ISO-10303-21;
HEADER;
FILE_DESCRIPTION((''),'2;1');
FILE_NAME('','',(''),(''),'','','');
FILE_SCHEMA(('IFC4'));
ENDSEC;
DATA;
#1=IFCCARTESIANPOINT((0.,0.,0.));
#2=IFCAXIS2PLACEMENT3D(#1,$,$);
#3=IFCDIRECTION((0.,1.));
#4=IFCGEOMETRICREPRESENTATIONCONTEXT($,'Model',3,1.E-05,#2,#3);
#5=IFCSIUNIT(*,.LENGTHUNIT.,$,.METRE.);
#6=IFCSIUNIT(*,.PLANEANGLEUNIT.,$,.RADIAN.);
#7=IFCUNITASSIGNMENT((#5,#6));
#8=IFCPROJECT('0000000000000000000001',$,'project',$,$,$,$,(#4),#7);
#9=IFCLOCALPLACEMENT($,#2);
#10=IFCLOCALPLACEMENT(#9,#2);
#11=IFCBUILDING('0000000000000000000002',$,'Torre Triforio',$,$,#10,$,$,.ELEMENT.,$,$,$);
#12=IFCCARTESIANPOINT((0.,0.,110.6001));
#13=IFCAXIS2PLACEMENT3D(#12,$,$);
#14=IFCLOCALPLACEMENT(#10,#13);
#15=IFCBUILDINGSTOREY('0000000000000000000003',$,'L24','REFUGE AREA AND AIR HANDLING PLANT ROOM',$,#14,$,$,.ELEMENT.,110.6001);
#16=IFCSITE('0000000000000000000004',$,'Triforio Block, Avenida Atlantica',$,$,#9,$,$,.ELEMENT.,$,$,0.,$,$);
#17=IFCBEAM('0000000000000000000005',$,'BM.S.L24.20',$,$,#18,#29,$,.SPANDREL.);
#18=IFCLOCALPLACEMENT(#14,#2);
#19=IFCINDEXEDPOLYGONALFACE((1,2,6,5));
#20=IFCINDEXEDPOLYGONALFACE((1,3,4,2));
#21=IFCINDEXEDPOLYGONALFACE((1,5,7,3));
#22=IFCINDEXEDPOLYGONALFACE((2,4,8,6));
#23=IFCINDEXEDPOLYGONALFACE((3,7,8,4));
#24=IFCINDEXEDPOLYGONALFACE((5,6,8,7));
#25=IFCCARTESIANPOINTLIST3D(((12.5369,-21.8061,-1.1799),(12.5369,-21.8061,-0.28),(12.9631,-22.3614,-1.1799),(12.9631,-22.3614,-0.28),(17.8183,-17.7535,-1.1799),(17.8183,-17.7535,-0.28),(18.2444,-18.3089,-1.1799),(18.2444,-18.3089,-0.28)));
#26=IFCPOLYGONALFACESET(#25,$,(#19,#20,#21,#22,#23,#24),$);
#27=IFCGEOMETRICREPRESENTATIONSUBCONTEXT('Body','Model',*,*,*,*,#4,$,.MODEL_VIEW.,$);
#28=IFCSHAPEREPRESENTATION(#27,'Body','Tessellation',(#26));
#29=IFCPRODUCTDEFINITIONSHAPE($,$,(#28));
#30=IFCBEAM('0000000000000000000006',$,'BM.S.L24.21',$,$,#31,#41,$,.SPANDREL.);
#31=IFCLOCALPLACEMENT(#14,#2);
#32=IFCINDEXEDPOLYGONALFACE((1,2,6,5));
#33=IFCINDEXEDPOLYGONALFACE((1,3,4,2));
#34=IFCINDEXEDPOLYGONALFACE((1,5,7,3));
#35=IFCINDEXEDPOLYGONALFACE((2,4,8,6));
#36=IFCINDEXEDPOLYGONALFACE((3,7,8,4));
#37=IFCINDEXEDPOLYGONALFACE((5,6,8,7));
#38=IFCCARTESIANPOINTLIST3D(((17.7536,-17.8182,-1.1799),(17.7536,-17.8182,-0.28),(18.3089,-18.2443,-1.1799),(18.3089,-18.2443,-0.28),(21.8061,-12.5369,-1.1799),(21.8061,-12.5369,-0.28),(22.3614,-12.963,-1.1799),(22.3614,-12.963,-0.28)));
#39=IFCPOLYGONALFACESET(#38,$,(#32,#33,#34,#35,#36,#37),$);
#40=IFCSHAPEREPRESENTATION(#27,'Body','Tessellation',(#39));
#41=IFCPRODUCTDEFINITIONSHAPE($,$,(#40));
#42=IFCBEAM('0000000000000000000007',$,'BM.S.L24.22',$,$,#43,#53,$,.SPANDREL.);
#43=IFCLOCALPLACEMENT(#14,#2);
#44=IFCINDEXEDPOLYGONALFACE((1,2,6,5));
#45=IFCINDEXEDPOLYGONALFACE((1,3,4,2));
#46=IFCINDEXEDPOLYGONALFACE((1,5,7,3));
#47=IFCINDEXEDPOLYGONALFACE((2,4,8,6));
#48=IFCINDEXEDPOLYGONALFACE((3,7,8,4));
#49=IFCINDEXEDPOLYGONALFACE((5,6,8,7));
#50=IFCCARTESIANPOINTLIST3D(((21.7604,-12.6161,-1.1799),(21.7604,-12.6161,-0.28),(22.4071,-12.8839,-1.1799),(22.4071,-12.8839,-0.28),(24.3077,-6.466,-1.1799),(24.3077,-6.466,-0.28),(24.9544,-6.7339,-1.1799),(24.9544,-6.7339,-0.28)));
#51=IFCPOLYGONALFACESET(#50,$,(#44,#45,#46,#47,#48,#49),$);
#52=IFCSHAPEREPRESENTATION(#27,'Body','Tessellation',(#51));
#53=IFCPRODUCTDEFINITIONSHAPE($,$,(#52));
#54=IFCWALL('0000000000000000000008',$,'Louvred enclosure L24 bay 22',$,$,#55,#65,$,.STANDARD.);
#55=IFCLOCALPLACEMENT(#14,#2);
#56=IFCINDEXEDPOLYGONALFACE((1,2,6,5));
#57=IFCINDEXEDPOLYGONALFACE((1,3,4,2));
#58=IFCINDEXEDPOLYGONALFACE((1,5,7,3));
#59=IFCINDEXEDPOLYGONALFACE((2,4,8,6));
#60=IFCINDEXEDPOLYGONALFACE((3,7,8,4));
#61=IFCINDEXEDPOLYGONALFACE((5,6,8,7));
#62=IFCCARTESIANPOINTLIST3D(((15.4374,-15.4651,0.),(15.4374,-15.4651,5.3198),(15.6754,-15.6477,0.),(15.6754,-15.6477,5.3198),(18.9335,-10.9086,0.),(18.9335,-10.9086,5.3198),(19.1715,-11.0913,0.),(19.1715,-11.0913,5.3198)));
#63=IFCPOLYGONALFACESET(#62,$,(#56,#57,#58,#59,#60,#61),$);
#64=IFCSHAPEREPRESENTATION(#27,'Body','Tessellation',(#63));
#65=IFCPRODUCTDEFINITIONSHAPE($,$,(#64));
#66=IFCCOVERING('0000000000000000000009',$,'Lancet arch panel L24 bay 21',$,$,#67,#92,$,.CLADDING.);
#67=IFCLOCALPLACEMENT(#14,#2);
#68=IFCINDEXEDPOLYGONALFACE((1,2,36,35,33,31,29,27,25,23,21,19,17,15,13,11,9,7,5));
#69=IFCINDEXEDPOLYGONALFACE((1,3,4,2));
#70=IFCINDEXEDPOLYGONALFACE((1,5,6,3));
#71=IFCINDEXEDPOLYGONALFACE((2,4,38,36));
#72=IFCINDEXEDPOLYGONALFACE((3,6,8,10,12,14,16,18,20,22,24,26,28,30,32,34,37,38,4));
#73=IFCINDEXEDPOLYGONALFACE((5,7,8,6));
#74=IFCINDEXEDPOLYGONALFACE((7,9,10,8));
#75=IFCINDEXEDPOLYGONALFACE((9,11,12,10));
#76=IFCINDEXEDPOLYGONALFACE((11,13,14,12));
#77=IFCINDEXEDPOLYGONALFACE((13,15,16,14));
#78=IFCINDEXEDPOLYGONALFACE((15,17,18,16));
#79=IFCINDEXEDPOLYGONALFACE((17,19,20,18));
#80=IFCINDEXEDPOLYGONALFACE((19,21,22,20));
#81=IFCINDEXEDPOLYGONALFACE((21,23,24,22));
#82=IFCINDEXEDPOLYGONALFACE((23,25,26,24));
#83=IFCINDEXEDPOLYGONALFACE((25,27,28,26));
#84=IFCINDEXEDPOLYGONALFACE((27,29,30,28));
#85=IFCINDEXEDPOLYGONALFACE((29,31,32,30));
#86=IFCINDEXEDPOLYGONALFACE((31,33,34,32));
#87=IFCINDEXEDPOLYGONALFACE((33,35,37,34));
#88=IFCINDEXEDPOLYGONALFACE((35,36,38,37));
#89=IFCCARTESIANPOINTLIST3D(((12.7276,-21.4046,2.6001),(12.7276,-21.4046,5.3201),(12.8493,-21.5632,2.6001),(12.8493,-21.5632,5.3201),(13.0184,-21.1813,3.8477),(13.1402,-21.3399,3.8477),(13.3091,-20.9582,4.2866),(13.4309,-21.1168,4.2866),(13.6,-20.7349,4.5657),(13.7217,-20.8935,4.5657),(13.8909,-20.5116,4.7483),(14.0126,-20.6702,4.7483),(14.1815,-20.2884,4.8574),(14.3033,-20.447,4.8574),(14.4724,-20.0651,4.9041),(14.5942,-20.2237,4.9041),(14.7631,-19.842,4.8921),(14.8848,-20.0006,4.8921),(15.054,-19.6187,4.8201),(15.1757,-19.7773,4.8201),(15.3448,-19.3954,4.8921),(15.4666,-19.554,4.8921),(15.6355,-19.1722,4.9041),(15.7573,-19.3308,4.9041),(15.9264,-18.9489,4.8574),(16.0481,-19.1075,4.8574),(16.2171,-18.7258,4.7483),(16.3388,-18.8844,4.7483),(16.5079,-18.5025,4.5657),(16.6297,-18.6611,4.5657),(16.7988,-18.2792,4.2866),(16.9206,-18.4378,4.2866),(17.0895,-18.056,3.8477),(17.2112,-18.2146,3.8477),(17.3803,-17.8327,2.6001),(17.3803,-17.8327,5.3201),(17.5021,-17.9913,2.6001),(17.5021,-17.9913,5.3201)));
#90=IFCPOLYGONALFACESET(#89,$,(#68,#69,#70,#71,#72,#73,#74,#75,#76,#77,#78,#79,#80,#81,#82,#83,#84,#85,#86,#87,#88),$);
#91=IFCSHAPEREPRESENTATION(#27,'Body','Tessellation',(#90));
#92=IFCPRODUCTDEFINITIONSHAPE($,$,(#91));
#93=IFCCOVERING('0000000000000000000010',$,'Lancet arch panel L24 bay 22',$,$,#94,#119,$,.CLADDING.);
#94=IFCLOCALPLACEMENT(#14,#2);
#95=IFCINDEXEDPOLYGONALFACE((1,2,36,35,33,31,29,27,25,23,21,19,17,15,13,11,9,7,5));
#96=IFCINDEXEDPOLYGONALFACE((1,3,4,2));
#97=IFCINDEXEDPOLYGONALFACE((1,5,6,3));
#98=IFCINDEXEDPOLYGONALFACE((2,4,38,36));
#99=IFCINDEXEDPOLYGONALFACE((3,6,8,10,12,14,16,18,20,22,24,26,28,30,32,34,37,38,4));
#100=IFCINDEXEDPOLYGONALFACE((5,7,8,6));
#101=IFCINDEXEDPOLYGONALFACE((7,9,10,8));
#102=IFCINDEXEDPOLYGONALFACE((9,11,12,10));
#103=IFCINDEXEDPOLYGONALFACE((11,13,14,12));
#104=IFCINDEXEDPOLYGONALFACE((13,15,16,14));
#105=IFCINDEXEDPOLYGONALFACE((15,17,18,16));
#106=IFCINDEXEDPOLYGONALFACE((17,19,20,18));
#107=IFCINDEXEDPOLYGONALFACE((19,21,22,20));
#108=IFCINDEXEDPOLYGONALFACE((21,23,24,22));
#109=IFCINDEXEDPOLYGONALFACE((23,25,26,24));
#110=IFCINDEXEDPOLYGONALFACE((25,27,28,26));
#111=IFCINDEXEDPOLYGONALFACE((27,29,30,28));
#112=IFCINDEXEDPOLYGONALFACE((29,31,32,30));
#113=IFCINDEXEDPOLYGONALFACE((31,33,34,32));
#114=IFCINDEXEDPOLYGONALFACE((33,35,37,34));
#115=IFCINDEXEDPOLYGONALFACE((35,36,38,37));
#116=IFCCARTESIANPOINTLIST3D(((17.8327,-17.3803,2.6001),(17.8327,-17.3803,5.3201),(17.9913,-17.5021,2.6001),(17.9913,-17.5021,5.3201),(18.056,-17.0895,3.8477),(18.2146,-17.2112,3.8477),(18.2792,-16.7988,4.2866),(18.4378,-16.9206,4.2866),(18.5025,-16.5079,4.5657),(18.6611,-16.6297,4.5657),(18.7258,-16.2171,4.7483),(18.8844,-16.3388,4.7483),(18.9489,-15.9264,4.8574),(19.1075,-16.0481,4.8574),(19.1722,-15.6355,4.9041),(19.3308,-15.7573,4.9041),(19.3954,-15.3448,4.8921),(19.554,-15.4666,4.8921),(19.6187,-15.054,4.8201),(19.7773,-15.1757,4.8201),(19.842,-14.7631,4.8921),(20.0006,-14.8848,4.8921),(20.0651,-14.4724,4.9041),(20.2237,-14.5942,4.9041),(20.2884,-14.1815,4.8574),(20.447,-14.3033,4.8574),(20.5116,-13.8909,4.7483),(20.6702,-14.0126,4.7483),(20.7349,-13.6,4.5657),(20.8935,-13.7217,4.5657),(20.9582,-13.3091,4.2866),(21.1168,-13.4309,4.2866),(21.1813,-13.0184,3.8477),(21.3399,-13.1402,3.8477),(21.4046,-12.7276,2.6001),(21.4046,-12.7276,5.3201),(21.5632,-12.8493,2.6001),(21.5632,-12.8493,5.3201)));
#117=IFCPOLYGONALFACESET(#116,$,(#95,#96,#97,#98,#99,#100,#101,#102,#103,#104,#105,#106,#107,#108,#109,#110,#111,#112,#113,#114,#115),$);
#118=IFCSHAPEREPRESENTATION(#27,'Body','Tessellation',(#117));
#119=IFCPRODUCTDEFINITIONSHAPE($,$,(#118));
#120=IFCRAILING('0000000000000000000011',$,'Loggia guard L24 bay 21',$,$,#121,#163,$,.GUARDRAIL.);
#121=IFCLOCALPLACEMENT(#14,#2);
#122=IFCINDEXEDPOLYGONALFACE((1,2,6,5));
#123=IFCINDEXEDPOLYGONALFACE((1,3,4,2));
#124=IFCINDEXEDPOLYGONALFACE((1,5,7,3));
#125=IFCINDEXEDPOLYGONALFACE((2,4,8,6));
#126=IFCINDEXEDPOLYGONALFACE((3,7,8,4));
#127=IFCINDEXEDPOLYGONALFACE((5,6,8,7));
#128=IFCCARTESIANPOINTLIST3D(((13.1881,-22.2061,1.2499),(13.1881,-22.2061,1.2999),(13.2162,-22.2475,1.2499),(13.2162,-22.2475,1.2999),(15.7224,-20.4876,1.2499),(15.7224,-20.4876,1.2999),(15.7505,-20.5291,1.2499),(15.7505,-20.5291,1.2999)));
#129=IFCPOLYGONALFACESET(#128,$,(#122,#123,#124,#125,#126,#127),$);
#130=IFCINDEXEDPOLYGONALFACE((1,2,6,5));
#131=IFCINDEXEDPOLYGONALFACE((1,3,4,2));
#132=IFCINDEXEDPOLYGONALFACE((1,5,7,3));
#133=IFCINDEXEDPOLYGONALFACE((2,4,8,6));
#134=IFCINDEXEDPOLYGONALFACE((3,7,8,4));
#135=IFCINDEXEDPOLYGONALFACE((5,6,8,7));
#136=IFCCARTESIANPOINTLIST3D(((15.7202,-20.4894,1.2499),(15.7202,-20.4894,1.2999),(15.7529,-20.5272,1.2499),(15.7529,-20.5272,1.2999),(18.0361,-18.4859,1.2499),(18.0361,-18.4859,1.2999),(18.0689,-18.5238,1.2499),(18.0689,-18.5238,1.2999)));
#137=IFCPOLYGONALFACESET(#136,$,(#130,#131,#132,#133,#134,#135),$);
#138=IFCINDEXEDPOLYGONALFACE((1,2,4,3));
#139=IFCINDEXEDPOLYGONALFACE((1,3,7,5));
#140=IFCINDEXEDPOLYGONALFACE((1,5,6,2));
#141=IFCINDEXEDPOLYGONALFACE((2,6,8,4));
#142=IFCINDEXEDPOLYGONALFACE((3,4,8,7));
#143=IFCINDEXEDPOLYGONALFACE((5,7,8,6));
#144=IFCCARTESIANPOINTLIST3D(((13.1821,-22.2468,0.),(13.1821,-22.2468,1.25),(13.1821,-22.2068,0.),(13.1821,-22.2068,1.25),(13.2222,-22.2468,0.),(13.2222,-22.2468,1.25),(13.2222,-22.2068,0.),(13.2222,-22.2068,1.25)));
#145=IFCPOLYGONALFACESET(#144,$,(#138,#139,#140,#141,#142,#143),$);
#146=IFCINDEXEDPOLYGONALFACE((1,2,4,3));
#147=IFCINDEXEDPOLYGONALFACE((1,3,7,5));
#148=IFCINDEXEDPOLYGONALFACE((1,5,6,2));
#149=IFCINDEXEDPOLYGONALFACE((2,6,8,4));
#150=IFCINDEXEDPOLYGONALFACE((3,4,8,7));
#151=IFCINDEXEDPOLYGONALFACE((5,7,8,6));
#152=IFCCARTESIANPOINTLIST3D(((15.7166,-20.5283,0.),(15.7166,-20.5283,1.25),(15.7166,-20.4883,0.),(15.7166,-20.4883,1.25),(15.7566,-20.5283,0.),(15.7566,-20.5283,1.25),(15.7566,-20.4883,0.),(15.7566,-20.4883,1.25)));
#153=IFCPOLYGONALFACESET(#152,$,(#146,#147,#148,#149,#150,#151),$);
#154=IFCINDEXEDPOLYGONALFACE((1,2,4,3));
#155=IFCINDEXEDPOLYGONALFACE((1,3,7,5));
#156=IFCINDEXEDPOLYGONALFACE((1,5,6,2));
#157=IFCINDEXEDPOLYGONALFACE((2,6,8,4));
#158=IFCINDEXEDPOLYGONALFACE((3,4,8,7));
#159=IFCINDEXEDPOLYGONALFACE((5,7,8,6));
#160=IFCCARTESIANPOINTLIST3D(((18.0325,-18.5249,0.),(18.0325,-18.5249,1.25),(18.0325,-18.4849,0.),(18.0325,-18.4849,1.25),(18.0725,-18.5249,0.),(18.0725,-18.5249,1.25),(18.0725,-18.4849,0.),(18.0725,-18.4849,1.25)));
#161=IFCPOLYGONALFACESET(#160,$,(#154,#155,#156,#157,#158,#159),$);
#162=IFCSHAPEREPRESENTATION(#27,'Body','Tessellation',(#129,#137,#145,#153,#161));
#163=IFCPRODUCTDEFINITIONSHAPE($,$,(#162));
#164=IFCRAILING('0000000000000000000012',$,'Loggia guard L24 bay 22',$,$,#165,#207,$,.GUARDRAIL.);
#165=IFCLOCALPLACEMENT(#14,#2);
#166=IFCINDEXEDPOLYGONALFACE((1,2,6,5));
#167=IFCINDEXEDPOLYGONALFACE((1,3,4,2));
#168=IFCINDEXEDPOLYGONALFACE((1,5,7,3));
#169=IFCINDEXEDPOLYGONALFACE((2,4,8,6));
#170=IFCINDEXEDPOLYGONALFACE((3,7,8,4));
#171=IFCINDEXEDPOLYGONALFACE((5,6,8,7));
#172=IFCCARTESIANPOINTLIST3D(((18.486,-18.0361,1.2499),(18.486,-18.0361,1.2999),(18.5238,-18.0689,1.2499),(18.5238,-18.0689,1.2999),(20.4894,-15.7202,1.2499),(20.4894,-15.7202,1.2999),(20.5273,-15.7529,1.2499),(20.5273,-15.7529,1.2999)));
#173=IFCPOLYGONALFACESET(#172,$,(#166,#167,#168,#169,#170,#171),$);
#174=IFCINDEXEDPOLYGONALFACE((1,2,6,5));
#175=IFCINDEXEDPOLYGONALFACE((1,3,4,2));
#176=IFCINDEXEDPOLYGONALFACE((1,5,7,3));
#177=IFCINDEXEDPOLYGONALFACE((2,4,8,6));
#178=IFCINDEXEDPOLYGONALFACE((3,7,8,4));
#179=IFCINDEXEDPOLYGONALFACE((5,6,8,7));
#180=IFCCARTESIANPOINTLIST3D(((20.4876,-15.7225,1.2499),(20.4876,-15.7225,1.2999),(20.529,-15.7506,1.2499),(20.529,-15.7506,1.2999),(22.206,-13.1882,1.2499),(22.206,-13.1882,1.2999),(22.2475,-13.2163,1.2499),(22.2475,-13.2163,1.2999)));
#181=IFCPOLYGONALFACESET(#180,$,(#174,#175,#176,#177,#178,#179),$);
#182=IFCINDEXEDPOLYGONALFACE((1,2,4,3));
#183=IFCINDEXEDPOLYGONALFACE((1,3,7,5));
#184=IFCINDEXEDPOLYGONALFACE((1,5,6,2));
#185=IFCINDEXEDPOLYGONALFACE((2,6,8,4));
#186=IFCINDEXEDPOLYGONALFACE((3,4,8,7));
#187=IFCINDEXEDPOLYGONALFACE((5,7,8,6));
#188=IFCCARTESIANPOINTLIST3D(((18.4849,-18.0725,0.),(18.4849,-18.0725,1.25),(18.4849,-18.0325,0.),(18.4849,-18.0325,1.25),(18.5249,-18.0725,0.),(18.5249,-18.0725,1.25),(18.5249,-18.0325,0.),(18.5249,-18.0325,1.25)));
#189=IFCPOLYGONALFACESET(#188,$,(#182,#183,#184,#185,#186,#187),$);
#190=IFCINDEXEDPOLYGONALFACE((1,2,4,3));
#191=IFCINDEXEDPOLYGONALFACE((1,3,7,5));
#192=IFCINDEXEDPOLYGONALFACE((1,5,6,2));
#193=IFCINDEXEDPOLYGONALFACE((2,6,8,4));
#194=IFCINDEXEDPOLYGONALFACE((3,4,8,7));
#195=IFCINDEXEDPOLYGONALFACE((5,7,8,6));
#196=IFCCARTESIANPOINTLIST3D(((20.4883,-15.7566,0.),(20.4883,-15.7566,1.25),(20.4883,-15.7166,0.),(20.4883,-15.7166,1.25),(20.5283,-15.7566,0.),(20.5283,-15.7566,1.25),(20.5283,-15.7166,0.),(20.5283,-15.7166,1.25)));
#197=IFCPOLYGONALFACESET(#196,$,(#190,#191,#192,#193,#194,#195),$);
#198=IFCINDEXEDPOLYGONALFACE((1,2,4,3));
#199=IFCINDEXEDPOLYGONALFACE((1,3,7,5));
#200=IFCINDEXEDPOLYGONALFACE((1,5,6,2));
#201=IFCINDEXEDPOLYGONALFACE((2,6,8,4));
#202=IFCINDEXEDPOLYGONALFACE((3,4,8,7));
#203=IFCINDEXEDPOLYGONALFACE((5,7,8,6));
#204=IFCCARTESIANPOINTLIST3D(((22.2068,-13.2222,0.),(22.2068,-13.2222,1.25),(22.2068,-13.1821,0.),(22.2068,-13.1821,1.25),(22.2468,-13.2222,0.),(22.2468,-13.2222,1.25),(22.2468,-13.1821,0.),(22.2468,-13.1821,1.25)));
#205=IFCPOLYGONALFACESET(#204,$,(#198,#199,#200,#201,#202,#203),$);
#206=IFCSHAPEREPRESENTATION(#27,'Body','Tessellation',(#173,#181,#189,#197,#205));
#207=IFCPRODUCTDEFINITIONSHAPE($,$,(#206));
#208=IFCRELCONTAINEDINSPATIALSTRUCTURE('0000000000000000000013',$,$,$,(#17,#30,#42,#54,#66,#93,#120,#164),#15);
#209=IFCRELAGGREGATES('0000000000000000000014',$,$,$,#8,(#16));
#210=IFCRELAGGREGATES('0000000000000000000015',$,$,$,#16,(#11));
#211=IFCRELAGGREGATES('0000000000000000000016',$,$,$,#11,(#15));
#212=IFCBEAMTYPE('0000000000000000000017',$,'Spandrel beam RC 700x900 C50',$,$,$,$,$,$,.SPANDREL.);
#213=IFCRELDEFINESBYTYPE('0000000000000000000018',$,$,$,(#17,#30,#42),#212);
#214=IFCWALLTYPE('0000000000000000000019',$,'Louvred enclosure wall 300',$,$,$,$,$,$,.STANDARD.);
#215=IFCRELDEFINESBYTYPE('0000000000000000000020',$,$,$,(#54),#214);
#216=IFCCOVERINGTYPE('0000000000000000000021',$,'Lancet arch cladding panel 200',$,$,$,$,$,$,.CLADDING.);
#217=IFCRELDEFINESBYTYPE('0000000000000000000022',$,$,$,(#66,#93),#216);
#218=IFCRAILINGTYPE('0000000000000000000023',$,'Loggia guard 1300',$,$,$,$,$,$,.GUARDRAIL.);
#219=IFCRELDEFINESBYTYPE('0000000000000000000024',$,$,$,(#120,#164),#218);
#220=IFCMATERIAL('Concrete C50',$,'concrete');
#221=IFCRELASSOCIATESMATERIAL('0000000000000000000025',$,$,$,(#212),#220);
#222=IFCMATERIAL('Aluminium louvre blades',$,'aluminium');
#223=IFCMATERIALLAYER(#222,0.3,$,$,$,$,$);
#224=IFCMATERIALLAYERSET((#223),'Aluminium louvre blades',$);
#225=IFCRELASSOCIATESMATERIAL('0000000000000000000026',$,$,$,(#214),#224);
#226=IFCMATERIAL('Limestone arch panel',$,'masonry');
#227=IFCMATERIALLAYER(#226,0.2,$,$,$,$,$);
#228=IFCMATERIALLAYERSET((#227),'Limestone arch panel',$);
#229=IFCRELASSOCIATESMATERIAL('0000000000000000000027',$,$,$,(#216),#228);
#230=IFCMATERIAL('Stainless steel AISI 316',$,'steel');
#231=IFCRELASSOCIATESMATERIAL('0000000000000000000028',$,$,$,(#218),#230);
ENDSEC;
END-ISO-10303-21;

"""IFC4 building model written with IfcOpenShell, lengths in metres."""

from ifc_helpers import new_model, si_unit, direction, frame, frame_2d, origin, origin_2d, place, context, subcontext, project, spatial, polyline, rectangle, outline, extrude, material, layer, layer_set, material_profile, profile_set, type_object, element, save


model = new_model("IFC4")

# Units and contexts
model_context = context("Model", 3, precision=1e-05, world=origin(), true_north=direction((0.0, 1.0)))
body_context = subcontext(model_context, "Body", "Model", "MODEL_VIEW")
ifc_project = project(units=[si_unit("LENGTHUNIT", "METRE"), si_unit("PLANEANGLEUNIT", "RADIAN")], contexts=[model_context])

# Site, building, storey
site_placement = place(None, origin())
site = spatial("IfcSite", under=ifc_project, at=site_placement, Name="Triforio Block, Avenida Atlantica", CompositionType="ELEMENT", RefElevation=0.0)
building_placement = place(site_placement, origin())
building = spatial("IfcBuilding", under=site, at=building_placement, Name="Torre Triforio", CompositionType="ELEMENT")
storey_placement = place(building_placement, frame((0.0, 0.0, 110.6001)))
storey = spatial("IfcBuildingStorey", under=building, at=storey_placement, Name="L24", Description="REFUGE AREA AND AIR HANDLING PLANT ROOM", CompositionType="ELEMENT", Elevation=110.6001)

# Beams
ifc_material_1 = material(Name="Concrete C50", Category="concrete")
ifc_material_profile_1 = material_profile(ifc_material_1, rectangle(XDim=0.7, YDim=0.8999, at=origin_2d()), Name="RC 700x900")
ifc_profile_set_1 = profile_set([ifc_material_profile_1], Name="Concrete C50")
beam_type = type_object("IfcBeamType", Name="Spandrel beam RC 700x900 C50", PredefinedType="SPANDREL", material=ifc_profile_set_1)
for number, where, z_axis, x_axis, name in (
    (1, (12.75, -22.0837, -0.73), (0.79335, 0.608766, 0.0), (-0.608766, 0.79335, 0.0), "BM.S.L24.20"),
    (2, (18.0312, -18.0312, -0.73), (0.608766, 0.79335, 0.0), (-0.79335, 0.608766, 0.0), "BM.S.L24.21"),
):
    element("IfcBeam", number, at=place(storey_placement, frame(where, z_axis=z_axis, x_axis=x_axis)), inside=storey, type_object=beam_type, Name=name, PredefinedType="SPANDREL", context=body_context, shape_type="SweptSolid", body=[
        extrude(rectangle(XDim=0.7, YDim=0.8999, at=origin_2d()), origin(), (0.0, 0.0, 1.0), 6.657),
    ])
beam_placement = place(storey_placement, frame((22.0837, -12.75, -0.73), z_axis=(0.382669, 0.923885, 0.0), x_axis=(-0.923885, 0.382669, 0.0)))
element("IfcBeam", 3, at=beam_placement, inside=storey, type_object=beam_type, Name="BM.S.L24.22", PredefinedType="SPANDREL", context=body_context, shape_type="SweptSolid", body=[
    extrude(rectangle(XDim=0.7, YDim=0.8999, at=origin_2d()), origin(), (0.0, 0.0, 1.0), 6.6567),
])

# Wall
ifc_material_2 = material(Name="Aluminium louvre blades", Category="aluminium")
ifc_layer_1 = layer(ifc_material_2, 0.3)
ifc_layer_set_1 = layer_set([ifc_layer_1], Name="Aluminium louvre blades")
wall_type = type_object("IfcWallType", Name="Louvred enclosure wall 300", PredefinedType="STANDARD", material=ifc_layer_set_1)
wall_placement = place(storey_placement, frame((15.5564, -15.5564, 0.0), z_axis=(0.0, 0.0, 1.0), x_axis=(0.608745, 0.793366, 0.0)))
element("IfcWall", 4, at=wall_placement, inside=storey, type_object=wall_type, Name="Louvred enclosure L24 bay 22", PredefinedType="STANDARD", context=body_context, shape_type="SweptSolid", body=[
    extrude(rectangle(XDim=5.7432, YDim=0.3, at=frame_2d((2.8716, 0.0))), origin(), (0.0, 0.0, 1.0), 5.3198),
])

# Coverings
ifc_material_3 = material(Name="Limestone arch panel", Category="masonry")
ifc_layer_2 = layer(ifc_material_3, 0.2)
ifc_layer_set_2 = layer_set([ifc_layer_2], Name="Limestone arch panel")
covering_type_1 = type_object("IfcCoveringType", Name="Lancet arch cladding panel 200", PredefinedType="CLADDING", material=ifc_layer_set_2)
for number, where, z_axis, x_axis, name in (
    (5, (15.054, -19.6187, 0.0), (0.608944, -0.793213, 0.0), (0.793213, 0.608944, 0.0), "Lancet arch panel L24 bay 21"),
    (6, (19.6187, -15.054, 0.0), (0.793213, -0.608944, 0.0), (0.608944, 0.793213, 0.0), "Lancet arch panel L24 bay 22"),
):
    element("IfcCovering", number, at=place(storey_placement, frame(where, z_axis=z_axis, x_axis=x_axis)), inside=storey, type_object=covering_type_1, Name=name, PredefinedType="CLADDING", context=body_context, shape_type="SweptSolid", body=[
        extrude(outline(polyline([(-2.9329, 5.3201), (-2.9329, 2.6001), (-2.5662, 3.8477), (-2.1997, 4.2866), (-1.833, 4.5657), (-1.4663, 4.7483), (-1.0999, 4.8574), (-0.7332, 4.9041), (-0.3667, 4.8921), (0.0, 4.8201), (0.3667, 4.8921), (0.7332, 4.9041), (1.0999, 4.8574), (1.4663, 4.7483), (1.833, 4.5657), (2.1997, 4.2866), (2.5662, 3.8477), (2.9329, 2.6001), (2.9329, 5.3201), (-2.9329, 5.3201)])), origin(), (0.0, 0.0, 1.0), 0.2),
    ])

# Railings
ifc_material_4 = material(Name="Stainless steel AISI 316", Category="steel")
railing_type = type_object("IfcRailingType", Name="Loggia guard 1300", PredefinedType="GUARDRAIL", material=ifc_material_4)
railing_1_placement = place(storey_placement, frame((13.2021, -22.2268, 0.0)))
element("IfcRailing", 7, at=railing_1_placement, inside=storey, type_object=railing_type, Name="Loggia guard L24 bay 21", PredefinedType="GUARDRAIL", context=body_context, shape_type="SweptSolid", body=[
    extrude(rectangle(XDim=0.05, YDim=0.05, at=origin_2d()), frame((0.0, 0.0, 1.2749), z_axis=(0.82767, 0.561215, 0.0), x_axis=(-0.561215, 0.82767, 0.0)), (0.0, 0.0, 1.0), 3.062),
    extrude(rectangle(XDim=0.05, YDim=0.05, at=origin_2d()), frame((2.5344, 1.7185, 1.2749), z_axis=(0.756289, 0.654238, 0.0), x_axis=(-0.654238, 0.756289, 0.0)), (0.0, 0.0, 1.0), 3.0623),
    extrude(rectangle(XDim=0.04, YDim=0.04, at=origin_2d()), origin(), (0.0, 0.0, 1.0), 1.25),
    extrude(rectangle(XDim=0.04, YDim=0.04, at=origin_2d()), frame((2.5344, 1.7185, 0.0)), (0.0, 0.0, 1.0), 1.25),
    extrude(rectangle(XDim=0.04, YDim=0.04, at=origin_2d()), frame((4.8503, 3.7219, 0.0)), (0.0, 0.0, 1.0), 1.25),
])
railing_2_placement = place(storey_placement, frame((18.5049, -18.0525, 0.0)))
element("IfcRailing", 8, at=railing_2_placement, inside=storey, type_object=railing_type, Name="Loggia guard L24 bay 22", PredefinedType="GUARDRAIL", context=body_context, shape_type="SweptSolid", body=[
    extrude(rectangle(XDim=0.05, YDim=0.05, at=origin_2d()), frame((0.0, 0.0, 1.2749), z_axis=(0.654238, 0.756289, 0.0), x_axis=(-0.756289, 0.654238, 0.0)), (0.0, 0.0, 1.0), 3.0623),
    extrude(rectangle(XDim=0.05, YDim=0.05, at=origin_2d()), frame((2.0034, 2.3159, 1.2749), z_axis=(0.561215, 0.82767, 0.0), x_axis=(-0.82767, 0.561215, 0.0)), (0.0, 0.0, 1.0), 3.062),
    extrude(rectangle(XDim=0.04, YDim=0.04, at=origin_2d()), origin(), (0.0, 0.0, 1.0), 1.25),
    extrude(rectangle(XDim=0.04, YDim=0.04, at=origin_2d()), frame((2.0034, 2.3159, 0.0)), (0.0, 0.0, 1.0), 1.25),
    extrude(rectangle(XDim=0.04, YDim=0.04, at=origin_2d()), frame((3.7219, 4.8503, 0.0)), (0.0, 0.0, 1.0), 1.25),
])

save(model, "model.ifc")
